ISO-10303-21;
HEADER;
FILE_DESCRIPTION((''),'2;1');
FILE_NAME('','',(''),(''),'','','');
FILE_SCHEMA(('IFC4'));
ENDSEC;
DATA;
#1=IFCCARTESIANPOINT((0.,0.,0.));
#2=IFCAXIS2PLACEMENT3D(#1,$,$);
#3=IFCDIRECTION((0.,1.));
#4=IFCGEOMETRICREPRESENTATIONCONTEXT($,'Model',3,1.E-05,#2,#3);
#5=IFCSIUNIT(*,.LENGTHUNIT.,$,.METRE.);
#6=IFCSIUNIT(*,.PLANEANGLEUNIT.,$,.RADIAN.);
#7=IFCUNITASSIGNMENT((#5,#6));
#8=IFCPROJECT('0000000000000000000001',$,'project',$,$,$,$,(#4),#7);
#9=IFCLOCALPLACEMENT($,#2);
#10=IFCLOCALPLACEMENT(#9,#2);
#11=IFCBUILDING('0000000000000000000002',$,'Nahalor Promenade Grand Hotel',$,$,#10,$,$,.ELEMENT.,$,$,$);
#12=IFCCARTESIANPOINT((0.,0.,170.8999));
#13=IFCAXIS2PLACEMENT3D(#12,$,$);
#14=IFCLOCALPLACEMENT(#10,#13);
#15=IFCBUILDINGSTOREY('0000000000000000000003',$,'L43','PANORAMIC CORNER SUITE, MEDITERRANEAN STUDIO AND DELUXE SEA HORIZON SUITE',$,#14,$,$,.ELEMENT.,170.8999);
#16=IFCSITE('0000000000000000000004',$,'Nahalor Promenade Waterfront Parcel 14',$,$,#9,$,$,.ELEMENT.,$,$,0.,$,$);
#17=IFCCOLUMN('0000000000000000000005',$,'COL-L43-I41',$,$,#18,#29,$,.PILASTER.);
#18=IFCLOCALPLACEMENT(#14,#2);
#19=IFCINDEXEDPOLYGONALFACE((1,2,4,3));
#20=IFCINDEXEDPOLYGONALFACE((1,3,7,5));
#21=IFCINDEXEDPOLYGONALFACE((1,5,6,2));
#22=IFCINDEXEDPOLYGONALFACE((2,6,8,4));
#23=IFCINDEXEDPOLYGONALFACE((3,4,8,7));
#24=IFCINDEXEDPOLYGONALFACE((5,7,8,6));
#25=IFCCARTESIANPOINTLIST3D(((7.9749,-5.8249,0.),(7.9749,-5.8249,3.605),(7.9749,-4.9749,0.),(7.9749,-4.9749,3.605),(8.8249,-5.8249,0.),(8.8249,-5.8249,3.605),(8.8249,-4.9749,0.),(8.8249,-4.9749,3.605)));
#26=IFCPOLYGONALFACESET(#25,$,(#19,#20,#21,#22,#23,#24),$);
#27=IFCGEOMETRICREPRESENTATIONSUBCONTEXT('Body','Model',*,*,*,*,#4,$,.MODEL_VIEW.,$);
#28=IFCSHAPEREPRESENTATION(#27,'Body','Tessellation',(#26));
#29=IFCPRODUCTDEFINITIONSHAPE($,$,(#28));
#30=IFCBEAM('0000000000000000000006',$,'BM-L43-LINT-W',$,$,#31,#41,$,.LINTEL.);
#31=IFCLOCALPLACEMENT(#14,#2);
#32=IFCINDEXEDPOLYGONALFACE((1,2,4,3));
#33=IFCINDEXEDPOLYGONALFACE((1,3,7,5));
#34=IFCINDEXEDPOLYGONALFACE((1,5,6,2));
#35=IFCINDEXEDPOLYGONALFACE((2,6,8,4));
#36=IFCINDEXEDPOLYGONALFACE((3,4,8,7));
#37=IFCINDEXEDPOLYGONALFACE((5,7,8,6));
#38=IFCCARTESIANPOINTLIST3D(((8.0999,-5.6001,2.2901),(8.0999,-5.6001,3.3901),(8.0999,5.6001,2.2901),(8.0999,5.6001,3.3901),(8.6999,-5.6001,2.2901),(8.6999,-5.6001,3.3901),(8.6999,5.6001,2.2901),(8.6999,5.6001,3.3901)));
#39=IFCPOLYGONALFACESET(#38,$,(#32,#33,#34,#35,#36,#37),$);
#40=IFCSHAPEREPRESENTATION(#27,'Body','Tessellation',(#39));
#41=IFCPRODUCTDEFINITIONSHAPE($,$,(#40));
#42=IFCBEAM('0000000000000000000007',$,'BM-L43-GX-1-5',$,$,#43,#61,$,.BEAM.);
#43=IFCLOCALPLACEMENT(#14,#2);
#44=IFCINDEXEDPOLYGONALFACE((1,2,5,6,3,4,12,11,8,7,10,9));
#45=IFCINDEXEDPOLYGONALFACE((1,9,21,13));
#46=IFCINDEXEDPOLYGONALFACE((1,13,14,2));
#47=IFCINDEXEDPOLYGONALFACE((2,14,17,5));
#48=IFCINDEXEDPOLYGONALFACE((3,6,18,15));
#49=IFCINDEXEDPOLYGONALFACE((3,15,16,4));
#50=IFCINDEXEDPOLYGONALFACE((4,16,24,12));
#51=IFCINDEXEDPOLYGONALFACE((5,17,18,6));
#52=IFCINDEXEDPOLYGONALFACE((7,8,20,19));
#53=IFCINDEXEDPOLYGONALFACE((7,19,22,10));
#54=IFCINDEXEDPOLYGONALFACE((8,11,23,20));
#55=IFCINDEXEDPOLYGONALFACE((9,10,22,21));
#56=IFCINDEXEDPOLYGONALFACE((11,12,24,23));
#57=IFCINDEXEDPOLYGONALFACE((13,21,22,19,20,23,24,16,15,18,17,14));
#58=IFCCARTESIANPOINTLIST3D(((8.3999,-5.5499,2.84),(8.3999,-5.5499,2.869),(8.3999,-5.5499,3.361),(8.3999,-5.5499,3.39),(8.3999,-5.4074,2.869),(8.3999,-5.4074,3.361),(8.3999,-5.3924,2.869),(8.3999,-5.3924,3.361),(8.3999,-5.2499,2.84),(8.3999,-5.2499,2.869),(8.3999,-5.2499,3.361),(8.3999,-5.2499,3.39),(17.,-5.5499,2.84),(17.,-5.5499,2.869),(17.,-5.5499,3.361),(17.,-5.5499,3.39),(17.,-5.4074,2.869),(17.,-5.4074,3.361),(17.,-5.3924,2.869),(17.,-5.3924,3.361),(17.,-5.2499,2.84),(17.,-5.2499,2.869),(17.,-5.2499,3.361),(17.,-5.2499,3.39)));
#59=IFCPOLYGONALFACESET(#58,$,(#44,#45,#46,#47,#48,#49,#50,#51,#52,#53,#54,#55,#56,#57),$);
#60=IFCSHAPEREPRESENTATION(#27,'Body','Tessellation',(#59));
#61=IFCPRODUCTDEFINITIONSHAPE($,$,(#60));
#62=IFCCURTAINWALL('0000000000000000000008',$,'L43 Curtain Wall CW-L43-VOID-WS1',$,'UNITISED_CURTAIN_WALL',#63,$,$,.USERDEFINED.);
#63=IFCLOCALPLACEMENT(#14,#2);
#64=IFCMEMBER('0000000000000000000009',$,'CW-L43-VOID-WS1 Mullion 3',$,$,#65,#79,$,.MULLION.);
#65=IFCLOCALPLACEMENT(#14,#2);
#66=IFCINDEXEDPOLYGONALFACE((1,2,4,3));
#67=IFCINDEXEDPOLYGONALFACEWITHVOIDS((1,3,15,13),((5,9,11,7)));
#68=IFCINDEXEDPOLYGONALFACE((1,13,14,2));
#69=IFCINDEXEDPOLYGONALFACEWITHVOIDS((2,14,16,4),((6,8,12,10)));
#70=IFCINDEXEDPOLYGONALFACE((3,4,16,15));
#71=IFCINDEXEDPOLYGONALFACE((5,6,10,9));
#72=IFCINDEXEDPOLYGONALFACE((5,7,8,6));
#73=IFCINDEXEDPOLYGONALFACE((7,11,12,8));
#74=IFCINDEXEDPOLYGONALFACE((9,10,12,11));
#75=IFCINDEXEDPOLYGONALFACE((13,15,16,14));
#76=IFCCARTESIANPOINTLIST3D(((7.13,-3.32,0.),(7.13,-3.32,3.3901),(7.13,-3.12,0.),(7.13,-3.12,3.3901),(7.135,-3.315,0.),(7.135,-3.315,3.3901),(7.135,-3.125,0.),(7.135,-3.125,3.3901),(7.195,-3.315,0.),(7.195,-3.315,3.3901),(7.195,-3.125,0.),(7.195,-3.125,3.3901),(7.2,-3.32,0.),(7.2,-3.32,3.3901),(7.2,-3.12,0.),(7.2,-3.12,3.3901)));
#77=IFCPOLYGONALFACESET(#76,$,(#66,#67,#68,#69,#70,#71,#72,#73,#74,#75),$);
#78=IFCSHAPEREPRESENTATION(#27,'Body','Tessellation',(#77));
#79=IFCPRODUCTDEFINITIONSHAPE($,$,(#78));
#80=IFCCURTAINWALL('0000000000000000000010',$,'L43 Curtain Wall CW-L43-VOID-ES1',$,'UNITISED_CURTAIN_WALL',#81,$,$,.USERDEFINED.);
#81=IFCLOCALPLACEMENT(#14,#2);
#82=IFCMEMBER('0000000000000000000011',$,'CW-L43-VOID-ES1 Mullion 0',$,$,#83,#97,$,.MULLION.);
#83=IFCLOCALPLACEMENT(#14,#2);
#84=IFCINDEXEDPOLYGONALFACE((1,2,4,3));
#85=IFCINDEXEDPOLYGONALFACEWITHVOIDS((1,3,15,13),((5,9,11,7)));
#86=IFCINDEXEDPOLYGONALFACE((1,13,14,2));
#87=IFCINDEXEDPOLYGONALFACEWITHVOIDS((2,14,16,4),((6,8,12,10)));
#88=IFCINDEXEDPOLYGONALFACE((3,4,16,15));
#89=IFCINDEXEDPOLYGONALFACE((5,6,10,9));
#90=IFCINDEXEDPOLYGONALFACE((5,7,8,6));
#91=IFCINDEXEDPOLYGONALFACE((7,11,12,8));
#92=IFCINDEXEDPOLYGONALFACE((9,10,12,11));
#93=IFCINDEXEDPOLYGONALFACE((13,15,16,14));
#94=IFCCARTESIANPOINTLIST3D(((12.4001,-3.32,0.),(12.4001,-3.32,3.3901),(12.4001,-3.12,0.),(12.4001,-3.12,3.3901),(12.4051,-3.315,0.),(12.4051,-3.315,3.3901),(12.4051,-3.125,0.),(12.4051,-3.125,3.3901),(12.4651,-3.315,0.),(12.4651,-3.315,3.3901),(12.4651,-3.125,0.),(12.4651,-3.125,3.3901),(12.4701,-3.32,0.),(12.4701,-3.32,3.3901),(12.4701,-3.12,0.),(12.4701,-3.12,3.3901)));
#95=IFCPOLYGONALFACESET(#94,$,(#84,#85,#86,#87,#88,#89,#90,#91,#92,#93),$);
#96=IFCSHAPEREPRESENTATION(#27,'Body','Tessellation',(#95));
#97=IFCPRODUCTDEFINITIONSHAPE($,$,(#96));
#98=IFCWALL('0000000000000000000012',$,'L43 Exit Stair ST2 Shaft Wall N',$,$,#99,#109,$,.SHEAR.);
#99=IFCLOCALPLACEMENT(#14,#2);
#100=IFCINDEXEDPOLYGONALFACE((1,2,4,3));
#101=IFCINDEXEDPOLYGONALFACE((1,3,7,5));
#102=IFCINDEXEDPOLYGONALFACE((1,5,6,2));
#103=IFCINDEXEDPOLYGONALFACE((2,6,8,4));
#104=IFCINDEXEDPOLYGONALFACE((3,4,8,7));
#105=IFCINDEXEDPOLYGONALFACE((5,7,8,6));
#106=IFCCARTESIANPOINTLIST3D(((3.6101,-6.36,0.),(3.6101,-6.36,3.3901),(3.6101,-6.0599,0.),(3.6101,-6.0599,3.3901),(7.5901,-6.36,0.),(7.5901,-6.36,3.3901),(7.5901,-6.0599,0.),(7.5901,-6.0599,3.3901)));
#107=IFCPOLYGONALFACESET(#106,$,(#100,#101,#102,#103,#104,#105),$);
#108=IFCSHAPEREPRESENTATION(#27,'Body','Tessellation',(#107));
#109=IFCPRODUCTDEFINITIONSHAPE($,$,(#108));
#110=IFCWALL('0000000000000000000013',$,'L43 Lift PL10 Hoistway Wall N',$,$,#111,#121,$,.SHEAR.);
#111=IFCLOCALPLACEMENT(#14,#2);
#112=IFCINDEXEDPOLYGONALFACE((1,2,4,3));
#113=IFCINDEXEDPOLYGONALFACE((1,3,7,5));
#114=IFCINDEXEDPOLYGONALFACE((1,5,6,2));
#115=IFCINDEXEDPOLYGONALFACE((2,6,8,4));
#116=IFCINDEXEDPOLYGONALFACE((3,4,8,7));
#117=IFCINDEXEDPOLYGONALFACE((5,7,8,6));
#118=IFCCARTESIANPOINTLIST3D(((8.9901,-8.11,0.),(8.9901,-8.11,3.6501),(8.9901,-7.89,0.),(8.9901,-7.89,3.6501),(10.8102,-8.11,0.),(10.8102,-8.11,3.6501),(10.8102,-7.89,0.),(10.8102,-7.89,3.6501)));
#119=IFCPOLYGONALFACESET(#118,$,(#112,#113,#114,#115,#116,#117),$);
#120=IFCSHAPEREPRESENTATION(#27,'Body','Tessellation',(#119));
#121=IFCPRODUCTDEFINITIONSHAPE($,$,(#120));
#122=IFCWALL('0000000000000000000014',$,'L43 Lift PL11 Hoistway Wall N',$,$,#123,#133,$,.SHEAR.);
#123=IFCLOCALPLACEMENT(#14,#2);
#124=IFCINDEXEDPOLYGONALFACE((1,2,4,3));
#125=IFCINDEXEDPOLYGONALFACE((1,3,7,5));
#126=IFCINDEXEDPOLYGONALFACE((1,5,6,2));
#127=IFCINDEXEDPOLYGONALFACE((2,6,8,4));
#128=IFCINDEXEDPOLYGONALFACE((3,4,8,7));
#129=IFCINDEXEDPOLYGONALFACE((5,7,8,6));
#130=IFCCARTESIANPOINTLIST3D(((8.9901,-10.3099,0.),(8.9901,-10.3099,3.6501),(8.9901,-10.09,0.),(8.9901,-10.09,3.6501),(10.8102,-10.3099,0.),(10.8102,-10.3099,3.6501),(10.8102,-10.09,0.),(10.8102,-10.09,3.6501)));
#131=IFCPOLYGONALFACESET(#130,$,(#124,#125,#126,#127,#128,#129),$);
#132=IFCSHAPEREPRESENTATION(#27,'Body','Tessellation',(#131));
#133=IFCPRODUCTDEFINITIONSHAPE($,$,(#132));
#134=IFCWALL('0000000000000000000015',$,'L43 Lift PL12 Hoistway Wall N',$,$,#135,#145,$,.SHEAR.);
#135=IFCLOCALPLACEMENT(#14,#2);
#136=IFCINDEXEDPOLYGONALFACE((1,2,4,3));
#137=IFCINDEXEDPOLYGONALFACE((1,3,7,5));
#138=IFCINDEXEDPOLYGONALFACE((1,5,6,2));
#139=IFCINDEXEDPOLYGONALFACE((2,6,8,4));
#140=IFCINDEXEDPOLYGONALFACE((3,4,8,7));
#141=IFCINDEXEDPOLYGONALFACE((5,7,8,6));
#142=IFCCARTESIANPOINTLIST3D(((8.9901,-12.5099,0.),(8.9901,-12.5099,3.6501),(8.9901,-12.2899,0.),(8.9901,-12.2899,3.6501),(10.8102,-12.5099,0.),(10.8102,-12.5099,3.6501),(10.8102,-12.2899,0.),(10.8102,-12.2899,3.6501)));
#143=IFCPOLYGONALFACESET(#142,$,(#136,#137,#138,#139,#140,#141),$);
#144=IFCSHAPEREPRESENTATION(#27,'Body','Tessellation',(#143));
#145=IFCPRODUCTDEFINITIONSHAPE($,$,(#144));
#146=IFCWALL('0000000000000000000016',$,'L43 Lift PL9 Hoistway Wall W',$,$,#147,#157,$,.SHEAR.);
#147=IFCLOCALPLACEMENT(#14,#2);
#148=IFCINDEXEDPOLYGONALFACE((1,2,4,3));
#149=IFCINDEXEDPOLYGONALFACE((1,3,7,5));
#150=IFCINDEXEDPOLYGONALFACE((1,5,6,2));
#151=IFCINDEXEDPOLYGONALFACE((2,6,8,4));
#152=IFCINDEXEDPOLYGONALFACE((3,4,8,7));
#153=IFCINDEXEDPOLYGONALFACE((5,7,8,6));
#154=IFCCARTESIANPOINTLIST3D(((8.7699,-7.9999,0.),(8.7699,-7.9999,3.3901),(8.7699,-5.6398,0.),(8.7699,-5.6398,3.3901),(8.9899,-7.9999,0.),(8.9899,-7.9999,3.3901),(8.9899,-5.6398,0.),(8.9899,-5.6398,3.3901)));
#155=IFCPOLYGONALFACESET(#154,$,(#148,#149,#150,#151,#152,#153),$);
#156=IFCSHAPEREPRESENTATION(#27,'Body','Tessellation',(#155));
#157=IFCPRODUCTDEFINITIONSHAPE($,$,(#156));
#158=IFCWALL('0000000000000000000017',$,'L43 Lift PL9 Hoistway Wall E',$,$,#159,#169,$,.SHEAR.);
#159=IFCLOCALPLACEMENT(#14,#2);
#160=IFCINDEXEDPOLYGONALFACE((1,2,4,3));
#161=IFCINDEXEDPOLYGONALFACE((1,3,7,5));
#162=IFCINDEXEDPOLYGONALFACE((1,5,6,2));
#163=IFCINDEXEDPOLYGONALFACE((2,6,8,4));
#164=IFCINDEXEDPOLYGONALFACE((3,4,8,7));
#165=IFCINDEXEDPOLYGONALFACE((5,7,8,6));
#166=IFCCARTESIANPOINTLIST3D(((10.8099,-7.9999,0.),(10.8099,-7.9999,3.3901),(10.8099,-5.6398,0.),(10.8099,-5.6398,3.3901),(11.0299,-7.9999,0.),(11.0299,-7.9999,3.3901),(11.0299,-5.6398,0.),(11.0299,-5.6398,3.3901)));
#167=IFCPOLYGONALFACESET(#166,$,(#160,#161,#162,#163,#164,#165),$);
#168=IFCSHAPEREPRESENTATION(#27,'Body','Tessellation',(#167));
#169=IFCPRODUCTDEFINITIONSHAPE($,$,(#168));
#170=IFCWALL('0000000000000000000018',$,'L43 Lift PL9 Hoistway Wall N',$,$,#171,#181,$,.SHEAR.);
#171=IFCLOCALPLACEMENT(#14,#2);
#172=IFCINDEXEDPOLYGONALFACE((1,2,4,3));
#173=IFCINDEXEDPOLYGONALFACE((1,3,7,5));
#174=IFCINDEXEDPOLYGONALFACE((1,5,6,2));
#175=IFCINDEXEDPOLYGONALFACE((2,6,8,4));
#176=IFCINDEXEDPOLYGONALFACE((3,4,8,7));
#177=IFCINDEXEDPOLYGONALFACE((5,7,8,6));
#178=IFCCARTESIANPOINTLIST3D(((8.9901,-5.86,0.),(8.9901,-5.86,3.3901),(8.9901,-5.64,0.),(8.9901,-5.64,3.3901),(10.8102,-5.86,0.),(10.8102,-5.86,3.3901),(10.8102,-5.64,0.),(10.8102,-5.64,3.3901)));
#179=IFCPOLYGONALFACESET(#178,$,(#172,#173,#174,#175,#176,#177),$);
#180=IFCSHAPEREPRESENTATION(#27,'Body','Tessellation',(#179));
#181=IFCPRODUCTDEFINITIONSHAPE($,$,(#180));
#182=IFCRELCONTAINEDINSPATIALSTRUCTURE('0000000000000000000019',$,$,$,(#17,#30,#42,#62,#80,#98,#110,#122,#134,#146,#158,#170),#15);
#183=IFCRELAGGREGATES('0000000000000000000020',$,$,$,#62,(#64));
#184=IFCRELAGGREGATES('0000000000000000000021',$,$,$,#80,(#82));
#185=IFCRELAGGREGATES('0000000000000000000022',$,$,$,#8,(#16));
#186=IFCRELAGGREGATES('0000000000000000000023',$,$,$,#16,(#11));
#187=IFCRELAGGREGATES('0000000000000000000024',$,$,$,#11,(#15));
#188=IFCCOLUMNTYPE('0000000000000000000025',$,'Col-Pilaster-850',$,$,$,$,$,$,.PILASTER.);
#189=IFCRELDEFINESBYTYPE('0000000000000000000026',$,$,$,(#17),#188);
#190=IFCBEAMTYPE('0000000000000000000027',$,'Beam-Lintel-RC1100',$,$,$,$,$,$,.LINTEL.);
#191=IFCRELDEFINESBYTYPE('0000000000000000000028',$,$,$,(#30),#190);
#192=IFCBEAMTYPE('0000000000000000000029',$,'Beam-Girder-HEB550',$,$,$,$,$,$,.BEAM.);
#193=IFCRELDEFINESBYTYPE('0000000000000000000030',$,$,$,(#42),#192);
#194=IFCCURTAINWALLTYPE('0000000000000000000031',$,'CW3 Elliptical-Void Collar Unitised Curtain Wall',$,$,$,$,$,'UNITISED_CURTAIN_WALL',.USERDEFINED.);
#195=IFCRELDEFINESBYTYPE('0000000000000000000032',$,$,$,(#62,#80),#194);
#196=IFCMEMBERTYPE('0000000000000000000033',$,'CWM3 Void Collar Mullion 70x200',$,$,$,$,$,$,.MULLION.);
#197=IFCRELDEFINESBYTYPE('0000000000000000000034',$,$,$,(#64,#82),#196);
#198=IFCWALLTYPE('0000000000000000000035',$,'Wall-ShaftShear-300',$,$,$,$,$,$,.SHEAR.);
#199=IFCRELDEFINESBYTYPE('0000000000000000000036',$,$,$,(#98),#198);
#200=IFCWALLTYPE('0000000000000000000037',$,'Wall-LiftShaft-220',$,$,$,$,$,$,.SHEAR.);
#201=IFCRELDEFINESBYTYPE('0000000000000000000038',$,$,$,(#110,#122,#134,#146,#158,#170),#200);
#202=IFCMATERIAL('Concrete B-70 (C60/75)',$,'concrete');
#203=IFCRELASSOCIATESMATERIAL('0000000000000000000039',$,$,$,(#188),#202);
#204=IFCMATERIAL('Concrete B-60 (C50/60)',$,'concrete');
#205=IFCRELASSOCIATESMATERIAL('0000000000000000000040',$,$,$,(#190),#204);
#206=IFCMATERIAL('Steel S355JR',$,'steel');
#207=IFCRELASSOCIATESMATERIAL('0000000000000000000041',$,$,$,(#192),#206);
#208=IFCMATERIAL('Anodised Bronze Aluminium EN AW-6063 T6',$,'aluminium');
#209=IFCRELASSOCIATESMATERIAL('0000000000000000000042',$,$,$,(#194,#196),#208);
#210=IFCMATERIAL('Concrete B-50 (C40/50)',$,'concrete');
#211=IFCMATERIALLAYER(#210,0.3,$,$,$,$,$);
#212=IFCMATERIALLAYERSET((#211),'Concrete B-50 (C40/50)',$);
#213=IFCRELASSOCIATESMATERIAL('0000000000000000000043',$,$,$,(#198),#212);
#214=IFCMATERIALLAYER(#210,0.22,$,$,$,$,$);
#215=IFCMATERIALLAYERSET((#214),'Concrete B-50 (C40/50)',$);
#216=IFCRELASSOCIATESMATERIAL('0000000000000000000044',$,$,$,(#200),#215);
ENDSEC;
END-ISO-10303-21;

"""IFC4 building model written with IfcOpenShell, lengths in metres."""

from ifc_helpers import new_model, si_unit, direction, frame, frame_2d, origin, origin_2d, place, context, subcontext, project, spatial, rectangle, hollow_rectangle, i_section, extrude, source, transform, mapped, material, layer, layer_set, material_profile, profile_set, type_object, element, aggregate, save


model = new_model("IFC4")

# Units and contexts
model_context = context("Model", 3, precision=1e-05, world=origin(), true_north=direction((0.0, 1.0)))
body_context = subcontext(model_context, "Body", "Model", "MODEL_VIEW")
ifc_project = project(units=[si_unit("LENGTHUNIT", "METRE"), si_unit("PLANEANGLEUNIT", "RADIAN")], contexts=[model_context])

# Site, building, storey
site_placement = place(None, origin())
site = spatial("IfcSite", under=ifc_project, at=site_placement, Name="Nahalor Promenade Waterfront Parcel 14", CompositionType="ELEMENT", RefElevation=0.0)
building_placement = place(site_placement, origin())
building = spatial("IfcBuilding", under=site, at=building_placement, Name="Nahalor Promenade Grand Hotel", CompositionType="ELEMENT")
storey_placement = place(building_placement, frame((0.0, 0.0, 170.8999)))
storey = spatial("IfcBuildingStorey", under=building, at=storey_placement, Name="L43", Description="PANORAMIC CORNER SUITE, MEDITERRANEAN STUDIO AND DELUXE SEA HORIZON SUITE", CompositionType="ELEMENT", Elevation=170.8999)

# Column
ifc_material_1 = material(Name="Concrete B-70 (C60/75)", Category="concrete")
ifc_material_profile_1 = material_profile(ifc_material_1, rectangle(XDim=0.85, YDim=0.85, at=origin_2d()), Name="RC 850x850")
ifc_profile_set_1 = profile_set([ifc_material_profile_1], Name="Concrete B-70 (C60/75)")
column_type = type_object("IfcColumnType", Name="Col-Pilaster-850", PredefinedType="PILASTER", material=ifc_profile_set_1)
shared_shape_1 = source(origin(), body_context, "Body", "SweptSolid", [
    extrude(rectangle(XDim=0.85, YDim=0.85, at=origin_2d()), origin(), (0.0, 0.0, 1.0), 3.605),
])
column_placement = place(storey_placement, frame((8.3999, -5.3999, 0.0), z_axis=(0.0, 0.0, 1.0), x_axis=(1.0, 0.0, 0.0)))
element("IfcColumn", 1, at=column_placement, inside=storey, type_object=column_type, Name="COL-L43-I41", PredefinedType="PILASTER", context=body_context, shape_type="MappedRepresentation", body=[
    mapped(shared_shape_1, transform((0.0, 0.0, 0.0), scale=1.0)),
])

# Beams
ifc_material_2 = material(Name="Concrete B-60 (C50/60)", Category="concrete")
ifc_material_profile_2 = material_profile(ifc_material_2, rectangle(XDim=0.6, YDim=1.1, at=origin_2d()), Name="RC 600x1100")
ifc_profile_set_2 = profile_set([ifc_material_profile_2], Name="Concrete B-60 (C50/60)")
beam_type_1 = type_object("IfcBeamType", Name="Beam-Lintel-RC1100", PredefinedType="LINTEL", material=ifc_profile_set_2)
shared_shape_2 = source(origin(), body_context, "Body", "SweptSolid", [
    extrude(rectangle(XDim=0.6, YDim=1.1, at=origin_2d()), origin(), (0.0, 0.0, 1.0), 11.2002),
])
beam_1_placement = place(storey_placement, frame((8.3999, -5.6001, 2.8401), z_axis=(0.0, 1.0, 0.0), x_axis=(-1.0, 0.0, 0.0)))
element("IfcBeam", 2, at=beam_1_placement, inside=storey, type_object=beam_type_1, Name="BM-L43-LINT-W", PredefinedType="LINTEL", context=body_context, shape_type="MappedRepresentation", body=[
    mapped(shared_shape_2, transform((0.0, 0.0, 0.0), scale=1.0)),
])
ifc_material_3 = material(Name="Steel S355JR", Category="steel")
ifc_material_profile_3 = material_profile(ifc_material_3, i_section(OverallWidth=0.3, OverallDepth=0.55, WebThickness=0.015, FlangeThickness=0.029, at=origin_2d()), Name="HEB 550")
ifc_profile_set_3 = profile_set([ifc_material_profile_3], Name="Steel S355JR")
beam_type_2 = type_object("IfcBeamType", Name="Beam-Girder-HEB550", PredefinedType="BEAM", material=ifc_profile_set_3)
shared_shape_3 = source(origin(), body_context, "Body", "SweptSolid", [
    extrude(i_section(OverallWidth=0.3, OverallDepth=0.55, WebThickness=0.015, FlangeThickness=0.029, at=origin_2d()), origin(), (0.0, 0.0, 1.0), 8.6001),
])
beam_2_placement = place(storey_placement, frame((8.3999, -5.3999, 3.115), z_axis=(1.0, 0.0, 0.0), x_axis=(0.0, 1.0, 0.0)))
element("IfcBeam", 3, at=beam_2_placement, inside=storey, type_object=beam_type_2, Name="BM-L43-GX-1-5", PredefinedType="BEAM", context=body_context, shape_type="MappedRepresentation", body=[
    mapped(shared_shape_3, transform((0.0, 0.0, 0.0), scale=1.0)),
])

# Curtain walls, members
ifc_material_4 = material(Name="Anodised Bronze Aluminium EN AW-6063 T6", Category="aluminium")
curtain_wall_type = type_object("IfcCurtainWallType", Name="CW3 Elliptical-Void Collar Unitised Curtain Wall", ElementType="UNITISED_CURTAIN_WALL", PredefinedType="USERDEFINED", material=ifc_material_4)
curtain_wall_1_placement = place(storey_placement, origin())
curtain_wall_1 = element("IfcCurtainWall", 4, at=curtain_wall_1_placement, inside=storey, type_object=curtain_wall_type, Name="L43 Curtain Wall CW-L43-VOID-WS1", ObjectType="UNITISED_CURTAIN_WALL", PredefinedType="USERDEFINED")
ifc_material_profile_4 = material_profile(ifc_material_4, hollow_rectangle(XDim=0.07, YDim=0.2, WallThickness=0.005, at=origin_2d()), Name="CWM 70x200x5")
ifc_profile_set_4 = profile_set([ifc_material_profile_4], Name="Anodised Bronze Aluminium EN AW-6063 T6")
member_type = type_object("IfcMemberType", Name="CWM3 Void Collar Mullion 70x200", PredefinedType="MULLION", material=ifc_profile_set_4)
shared_shape_4 = source(origin(), body_context, "Body", "SweptSolid", [
    extrude(hollow_rectangle(XDim=0.07, YDim=0.2, WallThickness=0.005, at=origin_2d()), origin(), (0.0, 0.0, 1.0), 3.3901),
])
member_1_placement = place(storey_placement, frame((7.165, -3.22, 0.0), z_axis=(0.0, 0.0, 1.0), x_axis=(1.0, 0.0, 0.0)))
member_1 = element("IfcMember", 5, at=member_1_placement, type_object=member_type, Name="CW-L43-VOID-WS1 Mullion 3", PredefinedType="MULLION", context=body_context, shape_type="MappedRepresentation", body=[
    mapped(shared_shape_4, transform((0.0, 0.0, 0.0), scale=1.0)),
])
aggregate(curtain_wall_1, [member_1])
curtain_wall_2_placement = place(storey_placement, origin())
curtain_wall_2 = element("IfcCurtainWall", 6, at=curtain_wall_2_placement, inside=storey, type_object=curtain_wall_type, Name="L43 Curtain Wall CW-L43-VOID-ES1", ObjectType="UNITISED_CURTAIN_WALL", PredefinedType="USERDEFINED")
member_2_placement = place(storey_placement, frame((12.4351, -3.22, 0.0), z_axis=(0.0, 0.0, 1.0), x_axis=(1.0, 0.0, 0.0)))
member_2 = element("IfcMember", 7, at=member_2_placement, type_object=member_type, Name="CW-L43-VOID-ES1 Mullion 0", PredefinedType="MULLION", context=body_context, shape_type="MappedRepresentation", body=[
    mapped(shared_shape_4, transform((0.0, 0.0, 0.0), scale=1.0)),
])
aggregate(curtain_wall_2, [member_2])

# Walls
ifc_material_5 = material(Name="Concrete B-50 (C40/50)", Category="concrete")
ifc_layer_1 = layer(ifc_material_5, 0.3)
ifc_layer_set_1 = layer_set([ifc_layer_1], Name="Concrete B-50 (C40/50)")
wall_type_1 = type_object("IfcWallType", Name="Wall-ShaftShear-300", PredefinedType="SHEAR", material=ifc_layer_set_1)
shared_shape_5 = source(origin(), body_context, "Body", "SweptSolid", [
    extrude(rectangle(XDim=3.98, YDim=0.3, at=frame_2d((1.99, 0.0))), origin(), (0.0, 0.0, 1.0), 3.3901),
])
wall_1_placement = place(storey_placement, frame((3.6101, -6.21, 0.0), z_axis=(0.0, 0.0, 1.0), x_axis=(1.0, 0.0, 0.0)))
element("IfcWall", 8, at=wall_1_placement, inside=storey, type_object=wall_type_1, Name="L43 Exit Stair ST2 Shaft Wall N", PredefinedType="SHEAR", context=body_context, shape_type="MappedRepresentation", body=[
    mapped(shared_shape_5, transform((0.0, 0.0, 0.0), scale=1.0)),
])
ifc_layer_2 = layer(ifc_material_5, 0.22)
ifc_layer_set_2 = layer_set([ifc_layer_2], Name="Concrete B-50 (C40/50)")
wall_type_2 = type_object("IfcWallType", Name="Wall-LiftShaft-220", PredefinedType="SHEAR", material=ifc_layer_set_2)
shared_shape_6 = source(origin(), body_context, "Body", "SweptSolid", [
    extrude(rectangle(XDim=1.8201, YDim=0.22, at=frame_2d((0.9102, 0.0))), origin(), (0.0, 0.0, 1.0), 3.6501),
])
for number, where, z_axis, x_axis, name in (
    (9, (8.99, -8.0, 0.0), (0.0, 0.0, 1.0), (1.0, 0.0, 0.0), "L43 Lift PL10 Hoistway Wall N"),
    (10, (8.99, -10.2, 0.0), (0.0, 0.0, 1.0), (1.0, 0.0, 0.0), "L43 Lift PL11 Hoistway Wall N"),
    (11, (8.99, -12.3999, 0.0), (0.0, 0.0, 1.0), (1.0, 0.0, 0.0), "L43 Lift PL12 Hoistway Wall N"),
):
    element("IfcWall", number, at=place(storey_placement, frame(where, z_axis=z_axis, x_axis=x_axis)), inside=storey, type_object=wall_type_2, Name=name, PredefinedType="SHEAR", context=body_context, shape_type="MappedRepresentation", body=[
        mapped(shared_shape_6, transform((0.0, 0.0, 0.0), scale=1.0)),
    ])
shared_shape_7 = source(origin(), body_context, "Body", "SweptSolid", [
    extrude(rectangle(XDim=2.3601, YDim=0.22, at=frame_2d((1.1802, 0.0))), origin(), (0.0, 0.0, 1.0), 3.3901),
])
for number, where, z_axis, x_axis, name in (
    (12, (8.8799, -8.0, 0.0), (0.0, 0.0, 1.0), (0.0, 1.0, 0.0), "L43 Lift PL9 Hoistway Wall W"),
    (13, (10.9199, -8.0, 0.0), (0.0, 0.0, 1.0), (0.0, 1.0, 0.0), "L43 Lift PL9 Hoistway Wall E"),
):
    element("IfcWall", number, at=place(storey_placement, frame(where, z_axis=z_axis, x_axis=x_axis)), inside=storey, type_object=wall_type_2, Name=name, PredefinedType="SHEAR", context=body_context, shape_type="MappedRepresentation", body=[
        mapped(shared_shape_7, transform((0.0, 0.0, 0.0), scale=1.0)),
    ])
shared_shape_8 = source(origin(), body_context, "Body", "SweptSolid", [
    extrude(rectangle(XDim=1.8201, YDim=0.22, at=frame_2d((0.9102, 0.0))), origin(), (0.0, 0.0, 1.0), 3.3901),
])
wall_2_placement = place(storey_placement, frame((8.99, -5.75, 0.0), z_axis=(0.0, 0.0, 1.0), x_axis=(1.0, 0.0, 0.0)))
element("IfcWall", 14, at=wall_2_placement, inside=storey, type_object=wall_type_2, Name="L43 Lift PL9 Hoistway Wall N", PredefinedType="SHEAR", context=body_context, shape_type="MappedRepresentation", body=[
    mapped(shared_shape_8, transform((0.0, 0.0, 0.0), scale=1.0)),
])

save(model, "model.ifc")
